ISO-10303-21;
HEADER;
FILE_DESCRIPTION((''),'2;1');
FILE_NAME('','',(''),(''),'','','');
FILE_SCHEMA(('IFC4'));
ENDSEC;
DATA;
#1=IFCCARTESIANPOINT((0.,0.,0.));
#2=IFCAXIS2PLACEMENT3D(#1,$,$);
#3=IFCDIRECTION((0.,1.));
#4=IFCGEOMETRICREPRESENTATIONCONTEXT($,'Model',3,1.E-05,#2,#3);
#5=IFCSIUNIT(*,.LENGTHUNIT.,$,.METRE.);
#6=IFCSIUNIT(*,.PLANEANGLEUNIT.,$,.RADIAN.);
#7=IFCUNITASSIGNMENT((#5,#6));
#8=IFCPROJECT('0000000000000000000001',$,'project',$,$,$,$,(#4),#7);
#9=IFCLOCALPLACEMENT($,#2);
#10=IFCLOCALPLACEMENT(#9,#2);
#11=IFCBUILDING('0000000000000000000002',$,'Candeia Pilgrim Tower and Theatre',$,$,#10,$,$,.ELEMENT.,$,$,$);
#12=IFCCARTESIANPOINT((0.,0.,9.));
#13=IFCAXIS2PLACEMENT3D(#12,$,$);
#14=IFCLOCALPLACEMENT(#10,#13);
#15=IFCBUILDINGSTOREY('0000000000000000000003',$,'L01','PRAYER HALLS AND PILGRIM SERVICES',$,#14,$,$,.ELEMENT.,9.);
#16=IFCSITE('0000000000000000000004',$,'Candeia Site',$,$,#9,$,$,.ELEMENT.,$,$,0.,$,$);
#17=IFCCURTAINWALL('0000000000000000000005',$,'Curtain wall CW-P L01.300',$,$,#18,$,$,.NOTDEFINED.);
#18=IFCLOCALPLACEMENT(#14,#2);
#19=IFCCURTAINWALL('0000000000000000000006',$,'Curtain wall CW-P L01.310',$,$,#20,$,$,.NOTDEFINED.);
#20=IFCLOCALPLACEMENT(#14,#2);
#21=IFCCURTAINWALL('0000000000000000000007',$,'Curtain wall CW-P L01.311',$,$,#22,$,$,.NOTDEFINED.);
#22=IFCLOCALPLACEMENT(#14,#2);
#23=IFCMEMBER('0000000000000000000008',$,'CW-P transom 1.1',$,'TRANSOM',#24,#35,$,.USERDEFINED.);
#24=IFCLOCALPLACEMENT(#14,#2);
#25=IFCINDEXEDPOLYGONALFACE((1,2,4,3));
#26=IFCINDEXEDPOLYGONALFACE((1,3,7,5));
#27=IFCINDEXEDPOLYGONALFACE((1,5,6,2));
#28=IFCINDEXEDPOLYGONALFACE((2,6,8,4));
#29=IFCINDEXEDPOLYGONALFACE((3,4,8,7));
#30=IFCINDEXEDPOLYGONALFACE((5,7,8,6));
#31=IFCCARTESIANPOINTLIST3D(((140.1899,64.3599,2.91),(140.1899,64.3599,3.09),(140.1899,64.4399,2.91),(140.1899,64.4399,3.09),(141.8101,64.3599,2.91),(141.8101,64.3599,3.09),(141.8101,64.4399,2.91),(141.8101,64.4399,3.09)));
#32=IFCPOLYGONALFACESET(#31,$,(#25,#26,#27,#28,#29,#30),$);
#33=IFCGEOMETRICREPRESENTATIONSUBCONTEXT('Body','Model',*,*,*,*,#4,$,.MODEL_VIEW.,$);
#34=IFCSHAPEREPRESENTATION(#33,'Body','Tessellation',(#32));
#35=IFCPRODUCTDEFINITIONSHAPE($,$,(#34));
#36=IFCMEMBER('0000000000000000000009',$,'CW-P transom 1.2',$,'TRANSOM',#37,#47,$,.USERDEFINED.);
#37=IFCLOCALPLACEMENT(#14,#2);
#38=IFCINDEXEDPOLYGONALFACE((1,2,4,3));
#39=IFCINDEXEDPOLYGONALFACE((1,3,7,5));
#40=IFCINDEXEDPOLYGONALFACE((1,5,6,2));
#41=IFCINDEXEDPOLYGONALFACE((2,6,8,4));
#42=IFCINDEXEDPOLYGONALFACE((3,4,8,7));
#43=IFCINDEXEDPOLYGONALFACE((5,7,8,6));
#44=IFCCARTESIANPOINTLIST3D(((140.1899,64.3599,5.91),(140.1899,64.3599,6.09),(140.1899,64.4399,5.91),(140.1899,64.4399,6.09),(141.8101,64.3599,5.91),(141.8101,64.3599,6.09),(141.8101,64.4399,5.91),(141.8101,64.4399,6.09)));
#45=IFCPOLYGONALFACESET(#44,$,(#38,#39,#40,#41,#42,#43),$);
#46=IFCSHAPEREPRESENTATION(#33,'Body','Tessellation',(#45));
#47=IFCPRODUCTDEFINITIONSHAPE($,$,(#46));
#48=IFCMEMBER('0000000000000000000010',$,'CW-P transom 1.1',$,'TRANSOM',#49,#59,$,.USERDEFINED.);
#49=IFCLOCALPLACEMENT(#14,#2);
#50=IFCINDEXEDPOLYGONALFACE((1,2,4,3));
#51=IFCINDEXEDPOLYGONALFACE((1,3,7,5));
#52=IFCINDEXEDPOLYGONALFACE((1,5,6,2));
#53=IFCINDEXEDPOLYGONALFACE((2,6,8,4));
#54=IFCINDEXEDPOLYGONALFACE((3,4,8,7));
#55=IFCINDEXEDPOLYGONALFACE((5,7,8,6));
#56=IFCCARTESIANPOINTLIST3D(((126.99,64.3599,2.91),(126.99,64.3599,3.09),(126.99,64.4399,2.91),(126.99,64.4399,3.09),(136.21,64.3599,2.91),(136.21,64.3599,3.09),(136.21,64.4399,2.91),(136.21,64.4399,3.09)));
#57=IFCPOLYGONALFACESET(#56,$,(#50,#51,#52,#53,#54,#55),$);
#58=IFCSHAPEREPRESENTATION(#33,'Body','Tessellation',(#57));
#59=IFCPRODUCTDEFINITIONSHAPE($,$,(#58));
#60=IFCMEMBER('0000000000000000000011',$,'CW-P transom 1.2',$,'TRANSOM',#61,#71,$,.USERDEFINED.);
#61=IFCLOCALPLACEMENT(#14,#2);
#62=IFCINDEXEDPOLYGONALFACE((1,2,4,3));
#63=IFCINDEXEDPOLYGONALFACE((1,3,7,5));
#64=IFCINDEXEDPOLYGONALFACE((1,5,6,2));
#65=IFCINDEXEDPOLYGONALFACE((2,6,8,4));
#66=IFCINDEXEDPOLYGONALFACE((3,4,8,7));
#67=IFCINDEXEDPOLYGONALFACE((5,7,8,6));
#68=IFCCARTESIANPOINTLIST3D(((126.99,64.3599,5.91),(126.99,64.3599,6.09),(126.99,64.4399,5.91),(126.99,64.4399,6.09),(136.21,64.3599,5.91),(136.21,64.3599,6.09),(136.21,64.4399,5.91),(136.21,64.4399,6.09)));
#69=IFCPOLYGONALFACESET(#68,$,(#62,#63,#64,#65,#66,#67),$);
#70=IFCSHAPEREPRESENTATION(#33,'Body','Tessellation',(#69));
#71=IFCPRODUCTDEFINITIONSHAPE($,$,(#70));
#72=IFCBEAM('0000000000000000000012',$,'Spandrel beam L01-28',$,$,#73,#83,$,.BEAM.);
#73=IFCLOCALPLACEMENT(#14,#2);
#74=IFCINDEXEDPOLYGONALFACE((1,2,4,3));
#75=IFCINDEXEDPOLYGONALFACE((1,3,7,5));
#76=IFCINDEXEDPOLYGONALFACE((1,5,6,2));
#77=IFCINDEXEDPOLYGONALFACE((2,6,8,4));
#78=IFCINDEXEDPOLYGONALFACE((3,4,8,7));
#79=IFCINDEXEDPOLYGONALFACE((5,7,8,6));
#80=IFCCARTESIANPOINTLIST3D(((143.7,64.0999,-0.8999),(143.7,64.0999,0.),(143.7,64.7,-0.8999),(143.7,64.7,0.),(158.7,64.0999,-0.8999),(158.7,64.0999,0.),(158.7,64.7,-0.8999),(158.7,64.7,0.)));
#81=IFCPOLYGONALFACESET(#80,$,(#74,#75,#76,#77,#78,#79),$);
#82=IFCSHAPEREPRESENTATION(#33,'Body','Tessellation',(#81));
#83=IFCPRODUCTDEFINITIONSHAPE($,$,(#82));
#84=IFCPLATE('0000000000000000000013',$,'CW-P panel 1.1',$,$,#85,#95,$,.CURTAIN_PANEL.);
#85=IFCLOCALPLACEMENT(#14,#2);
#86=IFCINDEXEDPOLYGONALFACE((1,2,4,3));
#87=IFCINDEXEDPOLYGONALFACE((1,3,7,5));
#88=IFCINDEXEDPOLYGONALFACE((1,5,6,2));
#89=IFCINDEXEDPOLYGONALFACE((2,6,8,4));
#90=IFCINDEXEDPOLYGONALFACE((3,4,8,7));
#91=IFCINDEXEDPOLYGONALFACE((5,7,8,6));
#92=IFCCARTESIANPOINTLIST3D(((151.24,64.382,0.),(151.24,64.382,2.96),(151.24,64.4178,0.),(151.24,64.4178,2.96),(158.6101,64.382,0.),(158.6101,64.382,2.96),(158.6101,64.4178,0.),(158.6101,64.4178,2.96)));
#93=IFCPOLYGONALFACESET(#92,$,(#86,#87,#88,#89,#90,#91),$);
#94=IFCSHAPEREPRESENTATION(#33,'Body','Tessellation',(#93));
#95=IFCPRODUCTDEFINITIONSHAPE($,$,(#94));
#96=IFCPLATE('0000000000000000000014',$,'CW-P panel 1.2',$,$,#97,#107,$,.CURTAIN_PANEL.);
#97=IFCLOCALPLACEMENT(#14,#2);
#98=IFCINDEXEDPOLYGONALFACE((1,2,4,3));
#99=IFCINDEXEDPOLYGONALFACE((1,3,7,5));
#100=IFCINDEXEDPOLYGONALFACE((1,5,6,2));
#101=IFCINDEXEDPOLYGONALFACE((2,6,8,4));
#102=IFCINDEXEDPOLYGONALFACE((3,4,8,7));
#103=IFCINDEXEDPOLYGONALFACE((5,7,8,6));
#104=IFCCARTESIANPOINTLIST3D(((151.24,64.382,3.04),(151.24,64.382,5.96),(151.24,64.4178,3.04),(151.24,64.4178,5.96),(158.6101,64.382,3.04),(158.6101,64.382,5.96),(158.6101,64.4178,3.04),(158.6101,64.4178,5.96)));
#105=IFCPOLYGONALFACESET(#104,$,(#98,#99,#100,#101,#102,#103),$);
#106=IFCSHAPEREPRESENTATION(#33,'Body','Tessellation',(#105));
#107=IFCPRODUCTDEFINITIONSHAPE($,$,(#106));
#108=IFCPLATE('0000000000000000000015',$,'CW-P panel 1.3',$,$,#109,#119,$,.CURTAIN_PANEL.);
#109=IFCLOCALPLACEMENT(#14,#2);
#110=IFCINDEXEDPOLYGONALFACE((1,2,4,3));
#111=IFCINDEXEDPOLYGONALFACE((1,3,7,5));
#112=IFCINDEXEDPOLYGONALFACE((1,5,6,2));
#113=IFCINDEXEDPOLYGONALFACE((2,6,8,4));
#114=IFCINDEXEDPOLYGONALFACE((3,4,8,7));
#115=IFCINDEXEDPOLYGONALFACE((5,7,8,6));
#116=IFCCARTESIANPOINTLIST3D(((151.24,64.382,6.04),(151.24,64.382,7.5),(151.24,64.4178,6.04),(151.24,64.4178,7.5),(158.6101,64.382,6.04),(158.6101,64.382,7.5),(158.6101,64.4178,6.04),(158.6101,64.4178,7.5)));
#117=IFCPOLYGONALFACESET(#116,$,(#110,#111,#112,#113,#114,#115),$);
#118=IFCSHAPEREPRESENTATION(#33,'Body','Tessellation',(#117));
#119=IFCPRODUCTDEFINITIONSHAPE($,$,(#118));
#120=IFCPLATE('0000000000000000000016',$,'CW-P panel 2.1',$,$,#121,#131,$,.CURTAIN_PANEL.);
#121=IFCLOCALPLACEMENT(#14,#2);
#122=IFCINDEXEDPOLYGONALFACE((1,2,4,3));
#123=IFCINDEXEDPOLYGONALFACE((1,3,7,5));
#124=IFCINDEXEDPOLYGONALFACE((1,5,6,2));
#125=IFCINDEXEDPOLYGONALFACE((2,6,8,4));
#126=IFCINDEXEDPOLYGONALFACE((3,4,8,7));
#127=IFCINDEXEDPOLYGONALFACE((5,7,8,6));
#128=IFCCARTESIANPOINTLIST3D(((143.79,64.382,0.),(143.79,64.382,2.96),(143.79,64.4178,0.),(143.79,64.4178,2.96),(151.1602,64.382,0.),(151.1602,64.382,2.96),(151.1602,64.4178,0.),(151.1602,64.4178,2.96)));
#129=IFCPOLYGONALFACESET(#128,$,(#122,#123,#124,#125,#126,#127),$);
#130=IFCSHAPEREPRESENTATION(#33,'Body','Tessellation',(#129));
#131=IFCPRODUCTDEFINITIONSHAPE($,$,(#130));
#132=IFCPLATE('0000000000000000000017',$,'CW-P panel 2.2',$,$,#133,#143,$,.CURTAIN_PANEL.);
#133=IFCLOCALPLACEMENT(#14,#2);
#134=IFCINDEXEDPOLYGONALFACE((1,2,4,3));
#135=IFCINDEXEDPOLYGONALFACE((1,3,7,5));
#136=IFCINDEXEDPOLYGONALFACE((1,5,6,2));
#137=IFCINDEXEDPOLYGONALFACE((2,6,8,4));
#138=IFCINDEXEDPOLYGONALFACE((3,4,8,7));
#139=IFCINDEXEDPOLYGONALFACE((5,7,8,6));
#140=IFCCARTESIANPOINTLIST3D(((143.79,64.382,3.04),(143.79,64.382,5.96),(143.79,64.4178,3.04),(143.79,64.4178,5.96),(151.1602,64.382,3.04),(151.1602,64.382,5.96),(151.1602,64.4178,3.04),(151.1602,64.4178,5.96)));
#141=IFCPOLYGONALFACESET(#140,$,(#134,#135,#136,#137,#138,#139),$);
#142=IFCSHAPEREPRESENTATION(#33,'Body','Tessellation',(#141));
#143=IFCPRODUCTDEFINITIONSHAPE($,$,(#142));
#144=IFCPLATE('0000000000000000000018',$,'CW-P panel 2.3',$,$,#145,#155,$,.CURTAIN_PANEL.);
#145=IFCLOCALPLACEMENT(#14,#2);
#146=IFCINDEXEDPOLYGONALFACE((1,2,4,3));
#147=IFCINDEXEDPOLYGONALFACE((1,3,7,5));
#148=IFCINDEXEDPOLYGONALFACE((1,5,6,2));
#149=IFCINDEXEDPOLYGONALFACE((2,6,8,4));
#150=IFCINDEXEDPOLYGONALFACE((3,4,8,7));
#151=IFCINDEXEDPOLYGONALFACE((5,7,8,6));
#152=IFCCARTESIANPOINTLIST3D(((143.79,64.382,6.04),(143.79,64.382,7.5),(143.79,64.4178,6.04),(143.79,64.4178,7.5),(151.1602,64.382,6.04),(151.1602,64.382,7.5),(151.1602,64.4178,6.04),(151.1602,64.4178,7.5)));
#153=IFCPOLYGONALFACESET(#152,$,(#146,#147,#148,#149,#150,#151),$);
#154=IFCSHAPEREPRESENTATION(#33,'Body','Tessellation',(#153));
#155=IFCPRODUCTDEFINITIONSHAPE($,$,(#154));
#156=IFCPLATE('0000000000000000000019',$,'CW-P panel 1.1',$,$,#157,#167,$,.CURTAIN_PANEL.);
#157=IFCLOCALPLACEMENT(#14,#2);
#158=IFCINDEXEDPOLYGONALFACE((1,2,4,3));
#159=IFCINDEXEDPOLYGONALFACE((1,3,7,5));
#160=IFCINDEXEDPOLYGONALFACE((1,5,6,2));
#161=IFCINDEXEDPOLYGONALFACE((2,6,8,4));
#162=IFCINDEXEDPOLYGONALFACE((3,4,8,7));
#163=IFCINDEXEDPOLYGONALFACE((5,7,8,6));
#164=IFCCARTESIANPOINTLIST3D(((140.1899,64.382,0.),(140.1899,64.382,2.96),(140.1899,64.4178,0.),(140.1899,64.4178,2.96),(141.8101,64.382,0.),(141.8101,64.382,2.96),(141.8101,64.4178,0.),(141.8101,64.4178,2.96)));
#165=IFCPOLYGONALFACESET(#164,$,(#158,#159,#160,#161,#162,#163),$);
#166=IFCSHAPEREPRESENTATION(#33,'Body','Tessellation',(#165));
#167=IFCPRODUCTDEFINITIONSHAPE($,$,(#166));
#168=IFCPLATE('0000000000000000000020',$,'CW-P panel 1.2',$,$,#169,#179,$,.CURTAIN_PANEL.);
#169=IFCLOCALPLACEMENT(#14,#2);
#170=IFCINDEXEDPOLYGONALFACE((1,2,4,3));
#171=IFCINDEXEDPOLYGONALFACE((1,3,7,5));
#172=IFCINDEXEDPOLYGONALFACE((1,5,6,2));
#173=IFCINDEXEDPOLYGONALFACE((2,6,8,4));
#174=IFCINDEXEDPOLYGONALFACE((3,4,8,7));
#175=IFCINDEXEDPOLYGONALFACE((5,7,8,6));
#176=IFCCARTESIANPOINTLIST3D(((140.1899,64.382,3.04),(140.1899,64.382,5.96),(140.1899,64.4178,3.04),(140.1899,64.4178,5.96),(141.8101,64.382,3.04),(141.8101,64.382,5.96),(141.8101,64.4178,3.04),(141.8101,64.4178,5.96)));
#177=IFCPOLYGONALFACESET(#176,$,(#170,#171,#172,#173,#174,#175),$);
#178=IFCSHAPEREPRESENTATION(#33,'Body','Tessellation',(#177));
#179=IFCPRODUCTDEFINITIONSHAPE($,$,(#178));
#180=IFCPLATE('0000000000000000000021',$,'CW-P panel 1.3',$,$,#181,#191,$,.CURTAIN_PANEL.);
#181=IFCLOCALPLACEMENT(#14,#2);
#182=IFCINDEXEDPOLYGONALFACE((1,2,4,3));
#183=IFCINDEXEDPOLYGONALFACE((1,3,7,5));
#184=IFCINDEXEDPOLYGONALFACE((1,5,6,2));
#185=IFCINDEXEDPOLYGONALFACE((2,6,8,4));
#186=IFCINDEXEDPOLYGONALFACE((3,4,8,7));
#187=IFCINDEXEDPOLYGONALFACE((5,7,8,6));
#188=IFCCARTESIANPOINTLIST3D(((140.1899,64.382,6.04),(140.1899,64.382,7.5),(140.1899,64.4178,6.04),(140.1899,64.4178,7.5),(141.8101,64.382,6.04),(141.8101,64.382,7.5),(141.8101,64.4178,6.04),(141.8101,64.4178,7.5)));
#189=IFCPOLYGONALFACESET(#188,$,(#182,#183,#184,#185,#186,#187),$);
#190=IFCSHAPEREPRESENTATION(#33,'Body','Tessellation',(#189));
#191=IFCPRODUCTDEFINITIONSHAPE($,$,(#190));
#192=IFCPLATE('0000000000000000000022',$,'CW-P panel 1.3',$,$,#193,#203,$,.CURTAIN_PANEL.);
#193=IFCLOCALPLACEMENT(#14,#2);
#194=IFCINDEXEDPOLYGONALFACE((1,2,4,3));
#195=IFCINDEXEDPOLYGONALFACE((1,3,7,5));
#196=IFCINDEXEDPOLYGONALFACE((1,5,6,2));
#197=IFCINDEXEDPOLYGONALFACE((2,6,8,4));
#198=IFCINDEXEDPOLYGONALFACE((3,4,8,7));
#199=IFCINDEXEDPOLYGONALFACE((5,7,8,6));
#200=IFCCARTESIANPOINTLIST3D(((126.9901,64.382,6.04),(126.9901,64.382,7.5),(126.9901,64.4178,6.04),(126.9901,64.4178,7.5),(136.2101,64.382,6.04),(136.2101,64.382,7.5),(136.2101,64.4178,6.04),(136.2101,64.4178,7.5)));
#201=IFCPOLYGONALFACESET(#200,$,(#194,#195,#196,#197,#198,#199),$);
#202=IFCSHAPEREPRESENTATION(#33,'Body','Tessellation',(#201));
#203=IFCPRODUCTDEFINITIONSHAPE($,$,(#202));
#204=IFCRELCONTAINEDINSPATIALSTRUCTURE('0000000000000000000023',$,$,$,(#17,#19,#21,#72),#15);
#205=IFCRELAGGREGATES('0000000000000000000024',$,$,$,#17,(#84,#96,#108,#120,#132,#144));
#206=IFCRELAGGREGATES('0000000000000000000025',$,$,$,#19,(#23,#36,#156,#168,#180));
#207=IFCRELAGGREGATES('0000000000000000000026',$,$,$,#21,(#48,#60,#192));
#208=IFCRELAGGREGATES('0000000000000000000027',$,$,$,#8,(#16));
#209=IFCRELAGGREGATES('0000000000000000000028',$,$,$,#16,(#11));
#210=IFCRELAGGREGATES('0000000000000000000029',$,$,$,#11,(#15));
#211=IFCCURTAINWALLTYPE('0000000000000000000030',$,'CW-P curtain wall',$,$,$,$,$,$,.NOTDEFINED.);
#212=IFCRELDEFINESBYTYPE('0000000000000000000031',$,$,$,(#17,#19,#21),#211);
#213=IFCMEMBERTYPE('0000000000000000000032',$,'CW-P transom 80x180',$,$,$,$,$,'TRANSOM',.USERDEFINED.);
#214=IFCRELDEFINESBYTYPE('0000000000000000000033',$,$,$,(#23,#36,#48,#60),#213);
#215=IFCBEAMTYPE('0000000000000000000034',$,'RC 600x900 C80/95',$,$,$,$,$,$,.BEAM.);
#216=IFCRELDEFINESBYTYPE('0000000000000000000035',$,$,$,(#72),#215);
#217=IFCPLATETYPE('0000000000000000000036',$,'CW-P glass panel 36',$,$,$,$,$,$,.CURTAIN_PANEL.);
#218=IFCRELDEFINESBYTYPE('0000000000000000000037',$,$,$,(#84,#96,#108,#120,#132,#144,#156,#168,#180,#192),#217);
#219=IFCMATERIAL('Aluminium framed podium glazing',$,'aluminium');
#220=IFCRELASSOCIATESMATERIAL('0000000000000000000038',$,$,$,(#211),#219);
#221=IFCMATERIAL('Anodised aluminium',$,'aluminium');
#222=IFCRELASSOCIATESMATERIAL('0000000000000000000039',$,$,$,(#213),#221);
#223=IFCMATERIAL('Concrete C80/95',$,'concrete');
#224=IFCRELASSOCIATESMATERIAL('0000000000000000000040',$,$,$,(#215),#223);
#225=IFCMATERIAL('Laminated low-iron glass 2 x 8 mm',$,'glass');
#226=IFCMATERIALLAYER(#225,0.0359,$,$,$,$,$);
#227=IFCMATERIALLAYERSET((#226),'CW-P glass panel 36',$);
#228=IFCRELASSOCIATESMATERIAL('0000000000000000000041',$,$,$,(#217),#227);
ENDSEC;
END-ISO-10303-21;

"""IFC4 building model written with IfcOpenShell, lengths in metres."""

from ifc_helpers import new_model, si_unit, direction, frame, origin, origin_2d, place, context, subcontext, project, spatial, rectangle, extrude, material, layer, layer_set, material_profile, profile_set, type_object, element, aggregate, save


model = new_model("IFC4")

# Units and contexts
model_context = context("Model", 3, precision=1e-05, world=origin(), true_north=direction((0.0, 1.0)))
body_context = subcontext(model_context, "Body", "Model", "MODEL_VIEW")
ifc_project = project(units=[si_unit("LENGTHUNIT", "METRE"), si_unit("PLANEANGLEUNIT", "RADIAN")], contexts=[model_context])

# Site, building, storey
site_placement = place(None, origin())
site = spatial("IfcSite", under=ifc_project, at=site_placement, Name="Candeia Site", CompositionType="ELEMENT", RefElevation=0.0)
building_placement = place(site_placement, origin())
building = spatial("IfcBuilding", under=site, at=building_placement, Name="Candeia Pilgrim Tower and Theatre", CompositionType="ELEMENT")
storey_placement = place(building_placement, frame((0.0, 0.0, 9.0)))
storey = spatial("IfcBuildingStorey", under=building, at=storey_placement, Name="L01", Description="PRAYER HALLS AND PILGRIM SERVICES", CompositionType="ELEMENT", Elevation=9.0)

# Shared definitions
ifc_material_1 = material(Name="Concrete C80/95", Category="concrete")

# Curtain walls
ifc_material_2 = material(Name="Aluminium framed podium glazing", Category="aluminium")
curtain_wall_type = type_object("IfcCurtainWallType", Name="CW-P curtain wall", PredefinedType="NOTDEFINED", material=ifc_material_2)
curtain_wall_1_placement = place(storey_placement, origin())
curtain_wall_1 = element("IfcCurtainWall", 1, at=curtain_wall_1_placement, inside=storey, type_object=curtain_wall_type, Name="Curtain wall CW-P L01.300", PredefinedType="NOTDEFINED")
ifc_material_3 = material(Name="Anodised aluminium", Category="aluminium")
curtain_wall_2_placement = place(storey_placement, origin())
curtain_wall_2 = element("IfcCurtainWall", 2, at=curtain_wall_2_placement, inside=storey, type_object=curtain_wall_type, Name="Curtain wall CW-P L01.310", PredefinedType="NOTDEFINED")

# Curtain wall
curtain_wall_3_placement = place(storey_placement, origin())
curtain_wall_3 = element("IfcCurtainWall", 3, at=curtain_wall_3_placement, inside=storey, type_object=curtain_wall_type, Name="Curtain wall CW-P L01.311", PredefinedType="NOTDEFINED")

# Members
ifc_material_profile_1 = material_profile(ifc_material_3, rectangle(XDim=0.0801, YDim=0.1799, at=origin_2d()))
ifc_profile_set_1 = profile_set([ifc_material_profile_1], Name="Anodised aluminium")
member_type_1 = type_object("IfcMemberType", Name="CW-P transom 80x180", ElementType="TRANSOM", PredefinedType="USERDEFINED", material=ifc_profile_set_1)
member_1_placement = place(storey_placement, frame((141.8101, 64.3999, 3.0), z_axis=(-1.0, 0.0, 0.0), x_axis=(0.0, -1.0, 0.0)))
member_1 = element("IfcMember", 4, at=member_1_placement, type_object=member_type_1, Name="CW-P transom 1.1", ObjectType="TRANSOM", PredefinedType="USERDEFINED", context=body_context, shape_type="SweptSolid", body=[
    extrude(rectangle(XDim=0.0801, YDim=0.1799, at=origin_2d()), origin(), (0.0, 0.0, 1.0), 1.6201),
])
member_2_placement = place(storey_placement, frame((141.8101, 64.3999, 6.0), z_axis=(-1.0, 0.0, 0.0), x_axis=(0.0, -1.0, 0.0)))
member_2 = element("IfcMember", 5, at=member_2_placement, type_object=member_type_1, Name="CW-P transom 1.2", ObjectType="TRANSOM", PredefinedType="USERDEFINED", context=body_context, shape_type="SweptSolid", body=[
    extrude(rectangle(XDim=0.0801, YDim=0.1799, at=origin_2d()), origin(), (0.0, 0.0, 1.0), 1.6201),
])
member_3_placement = place(storey_placement, frame((136.21, 64.3999, 3.0), z_axis=(-1.0, 0.0, 0.0), x_axis=(0.0, -1.0, 0.0)))
member_3 = element("IfcMember", 6, at=member_3_placement, type_object=member_type_1, Name="CW-P transom 1.1", ObjectType="TRANSOM", PredefinedType="USERDEFINED", context=body_context, shape_type="SweptSolid", body=[
    extrude(rectangle(XDim=0.0801, YDim=0.1799, at=origin_2d()), origin(), (0.0, 0.0, 1.0), 9.22),
])
member_4_placement = place(storey_placement, frame((136.21, 64.3999, 6.0), z_axis=(-1.0, 0.0, 0.0), x_axis=(0.0, -1.0, 0.0)))
member_4 = element("IfcMember", 7, at=member_4_placement, type_object=member_type_1, Name="CW-P transom 1.2", ObjectType="TRANSOM", PredefinedType="USERDEFINED", context=body_context, shape_type="SweptSolid", body=[
    extrude(rectangle(XDim=0.0801, YDim=0.1799, at=origin_2d()), origin(), (0.0, 0.0, 1.0), 9.22),
])

# Beam
ifc_material_profile_2 = material_profile(ifc_material_1, rectangle(XDim=0.6001, YDim=0.8999, at=origin_2d()))
ifc_profile_set_2 = profile_set([ifc_material_profile_2], Name="Concrete C80/95")
beam_type = type_object("IfcBeamType", Name="RC 600x900 C80/95", PredefinedType="BEAM", material=ifc_profile_set_2)
beam_placement = place(storey_placement, frame((143.7, 64.3999, -0.45), z_axis=(1.0, 0.0, 0.0), x_axis=(0.0, 1.0, 0.0)))
element("IfcBeam", 8, at=beam_placement, inside=storey, type_object=beam_type, Name="Spandrel beam L01-28", PredefinedType="BEAM", context=body_context, shape_type="SweptSolid", body=[
    extrude(rectangle(XDim=0.6001, YDim=0.8999, at=origin_2d()), origin(), (0.0, 0.0, 1.0), 15.0),
])

# Plates
ifc_material_4 = material(Name="Laminated low-iron glass 2 x 8 mm", Category="glass")
ifc_layer_1 = layer(ifc_material_4, 0.0359)
ifc_layer_set_1 = layer_set([ifc_layer_1], Name="CW-P glass panel 36")
plate_type = type_object("IfcPlateType", Name="CW-P glass panel 36", PredefinedType="CURTAIN_PANEL", material=ifc_layer_set_1)
plate_1_placement = place(storey_placement, frame((154.925, 64.3999, 0.0), z_axis=(0.0, 0.0, 1.0), x_axis=(-1.0, 0.0, 0.0)))
plate_1 = element("IfcPlate", 9, at=plate_1_placement, type_object=plate_type, Name="CW-P panel 1.1", PredefinedType="CURTAIN_PANEL", context=body_context, shape_type="SweptSolid", body=[
    extrude(rectangle(XDim=7.3701, YDim=0.0359, at=origin_2d()), origin(), (0.0, 0.0, 1.0), 2.96),
])
plate_2_placement = place(storey_placement, frame((154.925, 64.3999, 3.04), z_axis=(0.0, 0.0, 1.0), x_axis=(-1.0, 0.0, 0.0)))
plate_2 = element("IfcPlate", 10, at=plate_2_placement, type_object=plate_type, Name="CW-P panel 1.2", PredefinedType="CURTAIN_PANEL", context=body_context, shape_type="SweptSolid", body=[
    extrude(rectangle(XDim=7.3701, YDim=0.0359, at=origin_2d()), origin(), (0.0, 0.0, 1.0), 2.9199),
])
plate_3_placement = place(storey_placement, frame((154.925, 64.3999, 6.04), z_axis=(0.0, 0.0, 1.0), x_axis=(-1.0, 0.0, 0.0)))
plate_3 = element("IfcPlate", 11, at=plate_3_placement, type_object=plate_type, Name="CW-P panel 1.3", PredefinedType="CURTAIN_PANEL", context=body_context, shape_type="SweptSolid", body=[
    extrude(rectangle(XDim=7.3701, YDim=0.0359, at=origin_2d()), origin(), (0.0, 0.0, 1.0), 1.46),
])
plate_4_placement = place(storey_placement, frame((147.4751, 64.3999, 0.0), z_axis=(0.0, 0.0, 1.0), x_axis=(-1.0, 0.0, 0.0)))
plate_4 = element("IfcPlate", 12, at=plate_4_placement, type_object=plate_type, Name="CW-P panel 2.1", PredefinedType="CURTAIN_PANEL", context=body_context, shape_type="SweptSolid", body=[
    extrude(rectangle(XDim=7.3701, YDim=0.0359, at=origin_2d()), origin(), (0.0, 0.0, 1.0), 2.96),
])
plate_5_placement = place(storey_placement, frame((147.4751, 64.3999, 3.04), z_axis=(0.0, 0.0, 1.0), x_axis=(-1.0, 0.0, 0.0)))
plate_5 = element("IfcPlate", 13, at=plate_5_placement, type_object=plate_type, Name="CW-P panel 2.2", PredefinedType="CURTAIN_PANEL", context=body_context, shape_type="SweptSolid", body=[
    extrude(rectangle(XDim=7.3701, YDim=0.0359, at=origin_2d()), origin(), (0.0, 0.0, 1.0), 2.9199),
])
plate_6_placement = place(storey_placement, frame((147.4751, 64.3999, 6.04), z_axis=(0.0, 0.0, 1.0), x_axis=(-1.0, 0.0, 0.0)))
plate_6 = element("IfcPlate", 14, at=plate_6_placement, type_object=plate_type, Name="CW-P panel 2.3", PredefinedType="CURTAIN_PANEL", context=body_context, shape_type="SweptSolid", body=[
    extrude(rectangle(XDim=7.3701, YDim=0.0359, at=origin_2d()), origin(), (0.0, 0.0, 1.0), 1.46),
])
aggregate(curtain_wall_1, [plate_1, plate_2, plate_3, plate_4, plate_5, plate_6])
plate_7_placement = place(storey_placement, frame((141.0, 64.3999, 0.0), z_axis=(0.0, 0.0, 1.0), x_axis=(-1.0, 0.0, 0.0)))
plate_7 = element("IfcPlate", 15, at=plate_7_placement, type_object=plate_type, Name="CW-P panel 1.1", PredefinedType="CURTAIN_PANEL", context=body_context, shape_type="SweptSolid", body=[
    extrude(rectangle(XDim=1.6201, YDim=0.0359, at=origin_2d()), origin(), (0.0, 0.0, 1.0), 2.96),
])
plate_8_placement = place(storey_placement, frame((141.0, 64.3999, 3.04), z_axis=(0.0, 0.0, 1.0), x_axis=(-1.0, 0.0, 0.0)))
plate_8 = element("IfcPlate", 16, at=plate_8_placement, type_object=plate_type, Name="CW-P panel 1.2", PredefinedType="CURTAIN_PANEL", context=body_context, shape_type="SweptSolid", body=[
    extrude(rectangle(XDim=1.6201, YDim=0.0359, at=origin_2d()), origin(), (0.0, 0.0, 1.0), 2.9199),
])
plate_9_placement = place(storey_placement, frame((141.0, 64.3999, 6.04), z_axis=(0.0, 0.0, 1.0), x_axis=(-1.0, 0.0, 0.0)))
plate_9 = element("IfcPlate", 17, at=plate_9_placement, type_object=plate_type, Name="CW-P panel 1.3", PredefinedType="CURTAIN_PANEL", context=body_context, shape_type="SweptSolid", body=[
    extrude(rectangle(XDim=1.6201, YDim=0.0359, at=origin_2d()), origin(), (0.0, 0.0, 1.0), 1.46),
])
aggregate(curtain_wall_2, [member_1, member_2, plate_7, plate_8, plate_9])
plate_10_placement = place(storey_placement, frame((131.6001, 64.3999, 6.04), z_axis=(0.0, 0.0, 1.0), x_axis=(-1.0, 0.0, 0.0)))
plate_10 = element("IfcPlate", 18, at=plate_10_placement, type_object=plate_type, Name="CW-P panel 1.3", PredefinedType="CURTAIN_PANEL", context=body_context, shape_type="SweptSolid", body=[
    extrude(rectangle(XDim=9.22, YDim=0.0359, at=origin_2d()), origin(), (0.0, 0.0, 1.0), 1.46),
])
aggregate(curtain_wall_3, [member_3, member_4, plate_10])

save(model, "model.ifc")
